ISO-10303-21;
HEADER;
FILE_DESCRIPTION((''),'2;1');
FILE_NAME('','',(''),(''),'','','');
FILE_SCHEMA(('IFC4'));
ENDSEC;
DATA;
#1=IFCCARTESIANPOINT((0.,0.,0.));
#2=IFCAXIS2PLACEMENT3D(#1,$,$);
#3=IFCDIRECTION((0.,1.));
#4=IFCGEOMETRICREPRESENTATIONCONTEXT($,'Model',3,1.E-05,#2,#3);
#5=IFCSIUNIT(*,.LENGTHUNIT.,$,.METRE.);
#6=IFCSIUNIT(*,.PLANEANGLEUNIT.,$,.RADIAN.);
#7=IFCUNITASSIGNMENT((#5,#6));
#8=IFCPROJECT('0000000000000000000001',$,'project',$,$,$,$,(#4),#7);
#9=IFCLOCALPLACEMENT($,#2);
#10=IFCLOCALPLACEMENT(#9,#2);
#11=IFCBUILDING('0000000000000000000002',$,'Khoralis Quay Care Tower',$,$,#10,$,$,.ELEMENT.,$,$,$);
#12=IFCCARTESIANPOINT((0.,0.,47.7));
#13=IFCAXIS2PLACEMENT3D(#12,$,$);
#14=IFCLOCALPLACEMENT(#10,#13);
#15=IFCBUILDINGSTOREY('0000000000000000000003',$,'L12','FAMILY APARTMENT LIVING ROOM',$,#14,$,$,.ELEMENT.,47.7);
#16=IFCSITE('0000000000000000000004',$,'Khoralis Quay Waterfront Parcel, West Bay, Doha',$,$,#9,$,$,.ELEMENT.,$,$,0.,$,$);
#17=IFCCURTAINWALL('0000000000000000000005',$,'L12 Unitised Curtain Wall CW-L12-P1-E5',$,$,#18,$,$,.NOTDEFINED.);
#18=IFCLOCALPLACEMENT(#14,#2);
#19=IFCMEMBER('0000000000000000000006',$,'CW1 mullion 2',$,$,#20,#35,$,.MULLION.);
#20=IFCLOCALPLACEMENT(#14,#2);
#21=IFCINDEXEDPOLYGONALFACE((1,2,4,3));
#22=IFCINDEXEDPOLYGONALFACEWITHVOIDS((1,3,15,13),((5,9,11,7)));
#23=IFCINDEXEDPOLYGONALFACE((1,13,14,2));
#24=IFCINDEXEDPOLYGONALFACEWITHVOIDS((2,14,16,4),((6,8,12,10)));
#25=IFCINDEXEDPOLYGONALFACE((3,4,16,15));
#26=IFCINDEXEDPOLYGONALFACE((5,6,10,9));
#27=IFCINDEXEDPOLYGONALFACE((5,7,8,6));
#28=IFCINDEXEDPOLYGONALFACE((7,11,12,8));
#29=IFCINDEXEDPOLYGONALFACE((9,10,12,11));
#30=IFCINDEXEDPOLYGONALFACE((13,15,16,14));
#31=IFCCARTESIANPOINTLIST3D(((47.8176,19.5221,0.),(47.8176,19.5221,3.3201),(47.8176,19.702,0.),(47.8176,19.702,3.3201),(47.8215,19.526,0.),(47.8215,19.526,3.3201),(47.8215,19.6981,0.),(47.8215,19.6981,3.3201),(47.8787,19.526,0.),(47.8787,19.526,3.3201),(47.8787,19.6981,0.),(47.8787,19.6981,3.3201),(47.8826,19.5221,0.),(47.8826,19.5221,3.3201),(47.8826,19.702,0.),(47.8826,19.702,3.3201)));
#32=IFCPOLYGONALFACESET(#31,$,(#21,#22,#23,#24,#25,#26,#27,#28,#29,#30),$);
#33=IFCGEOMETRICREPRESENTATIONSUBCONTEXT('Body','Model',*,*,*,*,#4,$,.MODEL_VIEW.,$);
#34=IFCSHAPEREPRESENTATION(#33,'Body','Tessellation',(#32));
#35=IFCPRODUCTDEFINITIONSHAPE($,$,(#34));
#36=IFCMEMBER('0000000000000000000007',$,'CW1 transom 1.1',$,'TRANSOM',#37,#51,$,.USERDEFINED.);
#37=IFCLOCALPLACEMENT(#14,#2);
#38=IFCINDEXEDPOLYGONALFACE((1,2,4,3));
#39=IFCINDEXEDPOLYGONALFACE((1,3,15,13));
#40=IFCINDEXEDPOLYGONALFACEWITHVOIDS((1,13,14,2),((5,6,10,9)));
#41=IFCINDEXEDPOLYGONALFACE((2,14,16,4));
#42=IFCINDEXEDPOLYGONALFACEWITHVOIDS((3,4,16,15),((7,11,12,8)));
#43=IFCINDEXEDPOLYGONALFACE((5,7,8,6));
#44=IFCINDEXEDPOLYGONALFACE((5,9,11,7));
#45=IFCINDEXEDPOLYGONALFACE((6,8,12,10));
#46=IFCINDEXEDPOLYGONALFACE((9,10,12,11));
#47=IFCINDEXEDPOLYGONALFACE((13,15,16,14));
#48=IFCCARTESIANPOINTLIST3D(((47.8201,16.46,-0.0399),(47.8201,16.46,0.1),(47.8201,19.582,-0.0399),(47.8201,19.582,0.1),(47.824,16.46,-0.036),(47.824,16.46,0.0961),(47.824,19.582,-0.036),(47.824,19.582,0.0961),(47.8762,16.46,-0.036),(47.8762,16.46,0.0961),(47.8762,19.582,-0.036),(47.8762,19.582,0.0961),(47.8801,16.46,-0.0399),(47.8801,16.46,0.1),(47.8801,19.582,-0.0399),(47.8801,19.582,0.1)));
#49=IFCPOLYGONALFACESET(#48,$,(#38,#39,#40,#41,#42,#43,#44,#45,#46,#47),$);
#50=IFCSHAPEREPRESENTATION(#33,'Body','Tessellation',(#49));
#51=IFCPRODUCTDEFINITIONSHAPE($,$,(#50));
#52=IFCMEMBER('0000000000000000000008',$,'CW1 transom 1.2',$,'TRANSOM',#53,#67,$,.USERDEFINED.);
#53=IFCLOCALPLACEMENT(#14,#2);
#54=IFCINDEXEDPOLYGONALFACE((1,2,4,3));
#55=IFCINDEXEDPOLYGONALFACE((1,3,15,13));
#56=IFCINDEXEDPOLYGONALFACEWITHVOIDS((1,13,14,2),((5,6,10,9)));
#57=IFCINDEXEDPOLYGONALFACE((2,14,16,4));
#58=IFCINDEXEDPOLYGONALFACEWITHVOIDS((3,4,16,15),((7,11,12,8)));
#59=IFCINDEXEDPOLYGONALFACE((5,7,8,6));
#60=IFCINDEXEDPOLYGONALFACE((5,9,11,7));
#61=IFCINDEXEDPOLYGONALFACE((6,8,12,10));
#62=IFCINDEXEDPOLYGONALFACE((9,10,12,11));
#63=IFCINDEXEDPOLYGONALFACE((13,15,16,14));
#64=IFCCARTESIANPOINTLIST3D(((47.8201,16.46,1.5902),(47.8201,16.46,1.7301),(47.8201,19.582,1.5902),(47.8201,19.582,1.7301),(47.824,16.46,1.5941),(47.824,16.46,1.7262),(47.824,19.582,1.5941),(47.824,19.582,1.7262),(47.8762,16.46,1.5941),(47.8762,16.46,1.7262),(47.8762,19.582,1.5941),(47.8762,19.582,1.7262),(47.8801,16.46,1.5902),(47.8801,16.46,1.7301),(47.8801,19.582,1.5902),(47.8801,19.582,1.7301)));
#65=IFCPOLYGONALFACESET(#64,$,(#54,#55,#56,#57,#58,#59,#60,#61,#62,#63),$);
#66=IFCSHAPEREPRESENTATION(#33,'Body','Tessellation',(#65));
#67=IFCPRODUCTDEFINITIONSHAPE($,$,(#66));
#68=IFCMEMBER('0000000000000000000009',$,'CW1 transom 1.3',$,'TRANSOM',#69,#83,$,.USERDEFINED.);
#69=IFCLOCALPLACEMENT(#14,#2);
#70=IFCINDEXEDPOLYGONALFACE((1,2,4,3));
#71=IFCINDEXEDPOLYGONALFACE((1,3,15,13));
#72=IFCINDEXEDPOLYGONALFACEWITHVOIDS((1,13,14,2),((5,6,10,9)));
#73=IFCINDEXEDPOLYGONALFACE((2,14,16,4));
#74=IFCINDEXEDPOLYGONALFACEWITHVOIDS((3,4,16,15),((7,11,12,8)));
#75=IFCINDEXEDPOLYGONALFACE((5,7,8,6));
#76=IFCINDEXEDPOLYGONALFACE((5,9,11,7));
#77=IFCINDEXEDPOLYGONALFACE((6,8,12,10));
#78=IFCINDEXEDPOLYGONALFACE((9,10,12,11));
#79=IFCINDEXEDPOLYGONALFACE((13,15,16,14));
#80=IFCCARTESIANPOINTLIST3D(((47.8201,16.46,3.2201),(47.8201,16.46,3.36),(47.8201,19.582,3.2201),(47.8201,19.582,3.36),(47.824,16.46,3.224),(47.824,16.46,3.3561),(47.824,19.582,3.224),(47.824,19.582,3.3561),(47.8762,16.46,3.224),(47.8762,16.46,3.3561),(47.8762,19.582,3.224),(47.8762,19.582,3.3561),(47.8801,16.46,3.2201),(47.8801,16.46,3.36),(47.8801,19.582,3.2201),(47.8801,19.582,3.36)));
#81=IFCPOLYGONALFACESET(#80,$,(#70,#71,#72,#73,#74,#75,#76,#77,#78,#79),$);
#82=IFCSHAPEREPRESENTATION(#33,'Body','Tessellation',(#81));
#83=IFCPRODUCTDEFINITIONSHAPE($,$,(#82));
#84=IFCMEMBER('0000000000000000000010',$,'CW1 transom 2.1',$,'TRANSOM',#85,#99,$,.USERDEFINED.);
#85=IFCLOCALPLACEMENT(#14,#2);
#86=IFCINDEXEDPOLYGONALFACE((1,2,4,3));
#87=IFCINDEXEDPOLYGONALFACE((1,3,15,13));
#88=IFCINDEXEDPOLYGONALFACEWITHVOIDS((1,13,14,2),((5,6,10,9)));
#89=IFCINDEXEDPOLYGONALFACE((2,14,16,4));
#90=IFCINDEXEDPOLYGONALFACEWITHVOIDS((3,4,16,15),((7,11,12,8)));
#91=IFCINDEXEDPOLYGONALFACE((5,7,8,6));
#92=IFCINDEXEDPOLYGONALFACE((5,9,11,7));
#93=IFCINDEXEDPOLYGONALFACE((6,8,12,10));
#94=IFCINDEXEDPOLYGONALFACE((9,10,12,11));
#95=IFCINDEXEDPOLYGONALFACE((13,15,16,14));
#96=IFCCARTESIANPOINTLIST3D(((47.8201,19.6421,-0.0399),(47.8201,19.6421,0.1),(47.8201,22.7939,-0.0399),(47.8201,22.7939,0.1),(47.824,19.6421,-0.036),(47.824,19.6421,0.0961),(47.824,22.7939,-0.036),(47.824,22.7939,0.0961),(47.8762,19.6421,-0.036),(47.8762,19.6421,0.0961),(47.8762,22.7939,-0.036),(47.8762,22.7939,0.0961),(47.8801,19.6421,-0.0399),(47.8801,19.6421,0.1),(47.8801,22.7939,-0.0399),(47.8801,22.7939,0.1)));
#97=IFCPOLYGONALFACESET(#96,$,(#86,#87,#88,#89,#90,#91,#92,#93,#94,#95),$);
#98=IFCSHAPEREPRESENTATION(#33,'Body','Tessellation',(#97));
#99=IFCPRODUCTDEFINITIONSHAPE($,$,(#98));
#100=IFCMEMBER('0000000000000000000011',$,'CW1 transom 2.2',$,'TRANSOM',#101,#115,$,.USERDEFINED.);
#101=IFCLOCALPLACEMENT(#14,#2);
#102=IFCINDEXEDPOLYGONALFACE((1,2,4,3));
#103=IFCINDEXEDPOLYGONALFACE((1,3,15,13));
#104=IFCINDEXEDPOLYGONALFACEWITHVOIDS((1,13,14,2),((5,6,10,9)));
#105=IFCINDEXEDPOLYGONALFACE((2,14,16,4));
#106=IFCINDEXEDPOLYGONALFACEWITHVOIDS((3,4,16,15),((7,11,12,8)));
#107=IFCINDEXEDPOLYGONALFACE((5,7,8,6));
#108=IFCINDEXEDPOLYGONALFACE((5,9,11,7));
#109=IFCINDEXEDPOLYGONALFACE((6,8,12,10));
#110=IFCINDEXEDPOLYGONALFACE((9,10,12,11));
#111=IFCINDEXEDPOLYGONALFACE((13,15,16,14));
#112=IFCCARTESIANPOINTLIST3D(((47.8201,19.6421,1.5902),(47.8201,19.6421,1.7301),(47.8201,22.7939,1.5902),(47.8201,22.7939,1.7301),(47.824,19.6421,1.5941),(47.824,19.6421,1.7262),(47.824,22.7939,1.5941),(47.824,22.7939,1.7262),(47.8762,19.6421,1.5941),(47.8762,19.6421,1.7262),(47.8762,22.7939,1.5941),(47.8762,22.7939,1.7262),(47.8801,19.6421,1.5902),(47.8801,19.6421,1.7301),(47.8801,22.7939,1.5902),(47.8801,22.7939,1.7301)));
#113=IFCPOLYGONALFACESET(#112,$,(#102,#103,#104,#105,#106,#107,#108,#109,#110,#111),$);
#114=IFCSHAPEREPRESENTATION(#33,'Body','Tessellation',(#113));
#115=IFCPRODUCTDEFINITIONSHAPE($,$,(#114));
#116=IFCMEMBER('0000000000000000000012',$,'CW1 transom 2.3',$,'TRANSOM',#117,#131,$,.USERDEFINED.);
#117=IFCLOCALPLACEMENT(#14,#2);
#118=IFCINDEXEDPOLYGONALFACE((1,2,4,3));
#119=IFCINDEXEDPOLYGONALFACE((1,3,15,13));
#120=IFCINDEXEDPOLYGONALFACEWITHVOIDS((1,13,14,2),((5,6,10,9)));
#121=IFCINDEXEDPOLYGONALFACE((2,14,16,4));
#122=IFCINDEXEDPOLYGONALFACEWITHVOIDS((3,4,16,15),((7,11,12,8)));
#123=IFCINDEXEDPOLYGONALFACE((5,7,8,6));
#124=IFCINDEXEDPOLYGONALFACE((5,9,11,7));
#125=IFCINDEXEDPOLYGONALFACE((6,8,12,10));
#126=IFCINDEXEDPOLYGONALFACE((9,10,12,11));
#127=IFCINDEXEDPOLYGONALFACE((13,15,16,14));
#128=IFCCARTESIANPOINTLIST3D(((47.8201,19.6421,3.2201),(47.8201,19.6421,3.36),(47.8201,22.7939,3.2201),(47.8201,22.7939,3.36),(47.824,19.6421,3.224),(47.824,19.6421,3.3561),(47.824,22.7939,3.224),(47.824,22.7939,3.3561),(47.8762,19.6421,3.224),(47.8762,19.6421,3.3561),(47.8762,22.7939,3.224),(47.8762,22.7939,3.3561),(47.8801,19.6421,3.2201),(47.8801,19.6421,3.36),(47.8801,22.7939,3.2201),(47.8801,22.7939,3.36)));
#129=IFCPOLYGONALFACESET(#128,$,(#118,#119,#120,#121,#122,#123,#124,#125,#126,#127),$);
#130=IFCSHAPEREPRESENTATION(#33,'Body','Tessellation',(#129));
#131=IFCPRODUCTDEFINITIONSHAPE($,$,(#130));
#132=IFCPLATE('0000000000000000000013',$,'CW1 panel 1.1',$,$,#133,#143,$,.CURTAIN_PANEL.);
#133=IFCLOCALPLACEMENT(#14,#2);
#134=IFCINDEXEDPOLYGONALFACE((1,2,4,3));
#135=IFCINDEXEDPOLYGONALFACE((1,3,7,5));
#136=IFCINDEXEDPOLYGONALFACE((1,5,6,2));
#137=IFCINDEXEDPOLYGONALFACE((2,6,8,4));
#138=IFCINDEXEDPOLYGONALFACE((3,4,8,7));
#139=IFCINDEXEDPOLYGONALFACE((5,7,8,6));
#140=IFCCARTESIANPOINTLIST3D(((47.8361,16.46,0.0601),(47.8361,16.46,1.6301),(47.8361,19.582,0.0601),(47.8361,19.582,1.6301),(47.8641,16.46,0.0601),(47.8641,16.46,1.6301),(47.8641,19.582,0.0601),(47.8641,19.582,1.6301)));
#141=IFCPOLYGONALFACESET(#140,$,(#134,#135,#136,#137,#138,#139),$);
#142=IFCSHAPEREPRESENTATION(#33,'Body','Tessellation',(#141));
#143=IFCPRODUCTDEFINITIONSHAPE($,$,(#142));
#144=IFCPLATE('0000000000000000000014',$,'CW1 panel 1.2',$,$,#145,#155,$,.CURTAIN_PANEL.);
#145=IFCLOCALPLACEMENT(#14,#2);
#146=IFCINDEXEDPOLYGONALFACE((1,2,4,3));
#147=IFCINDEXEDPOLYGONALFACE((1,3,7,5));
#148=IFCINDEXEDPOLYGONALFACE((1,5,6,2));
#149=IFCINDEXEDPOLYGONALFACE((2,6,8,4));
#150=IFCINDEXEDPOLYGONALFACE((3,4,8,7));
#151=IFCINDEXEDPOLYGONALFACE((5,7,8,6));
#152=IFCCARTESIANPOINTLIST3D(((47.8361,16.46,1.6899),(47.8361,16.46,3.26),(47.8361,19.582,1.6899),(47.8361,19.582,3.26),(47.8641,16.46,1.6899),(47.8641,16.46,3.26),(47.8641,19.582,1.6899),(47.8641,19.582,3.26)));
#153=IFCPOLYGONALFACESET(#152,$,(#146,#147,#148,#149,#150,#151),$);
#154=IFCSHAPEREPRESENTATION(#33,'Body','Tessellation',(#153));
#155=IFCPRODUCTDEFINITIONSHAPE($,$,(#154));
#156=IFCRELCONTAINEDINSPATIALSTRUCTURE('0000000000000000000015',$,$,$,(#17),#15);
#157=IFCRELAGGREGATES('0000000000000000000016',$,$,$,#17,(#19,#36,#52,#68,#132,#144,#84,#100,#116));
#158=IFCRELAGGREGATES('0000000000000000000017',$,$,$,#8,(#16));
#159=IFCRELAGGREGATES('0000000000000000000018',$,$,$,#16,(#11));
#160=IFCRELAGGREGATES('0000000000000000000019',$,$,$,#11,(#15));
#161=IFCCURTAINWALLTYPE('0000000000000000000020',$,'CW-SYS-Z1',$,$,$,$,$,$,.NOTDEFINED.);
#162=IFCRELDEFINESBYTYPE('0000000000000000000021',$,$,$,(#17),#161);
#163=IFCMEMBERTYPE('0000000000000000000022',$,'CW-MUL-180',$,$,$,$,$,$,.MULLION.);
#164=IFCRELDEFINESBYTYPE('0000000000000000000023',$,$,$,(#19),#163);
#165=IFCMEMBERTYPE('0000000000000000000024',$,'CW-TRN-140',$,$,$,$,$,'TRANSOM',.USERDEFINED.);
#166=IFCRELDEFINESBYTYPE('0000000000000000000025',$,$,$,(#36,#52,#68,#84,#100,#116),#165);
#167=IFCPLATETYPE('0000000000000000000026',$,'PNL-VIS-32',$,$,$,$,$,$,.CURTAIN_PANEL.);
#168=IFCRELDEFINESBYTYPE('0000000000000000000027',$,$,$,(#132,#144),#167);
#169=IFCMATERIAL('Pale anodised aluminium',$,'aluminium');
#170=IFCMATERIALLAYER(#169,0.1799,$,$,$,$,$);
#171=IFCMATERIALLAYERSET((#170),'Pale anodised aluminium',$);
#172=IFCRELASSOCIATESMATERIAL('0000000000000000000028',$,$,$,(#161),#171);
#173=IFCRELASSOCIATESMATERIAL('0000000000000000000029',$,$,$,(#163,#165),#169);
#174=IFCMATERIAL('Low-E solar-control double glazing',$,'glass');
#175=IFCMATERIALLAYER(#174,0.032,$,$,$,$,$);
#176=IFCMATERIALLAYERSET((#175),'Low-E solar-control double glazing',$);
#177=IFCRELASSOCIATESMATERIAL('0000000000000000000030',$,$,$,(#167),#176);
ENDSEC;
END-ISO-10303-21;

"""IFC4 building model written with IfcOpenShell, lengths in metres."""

from ifc_helpers import new_model, si_unit, direction, frame, origin, origin_2d, place, context, subcontext, project, spatial, rectangle, hollow_rectangle, extrude, source, transform, mapped, material, layer, layer_set, material_profile, profile_set, type_object, element, aggregate, save


model = new_model("IFC4")

# Units and contexts
model_context = context("Model", 3, precision=1e-05, world=origin(), true_north=direction((0.0, 1.0)))
body_context = subcontext(model_context, "Body", "Model", "MODEL_VIEW")
ifc_project = project(units=[si_unit("LENGTHUNIT", "METRE"), si_unit("PLANEANGLEUNIT", "RADIAN")], contexts=[model_context])

# Site, building, storey
site_placement = place(None, origin())
site = spatial("IfcSite", under=ifc_project, at=site_placement, Name="Khoralis Quay Waterfront Parcel, West Bay, Doha", CompositionType="ELEMENT", RefElevation=0.0)
building_placement = place(site_placement, origin())
building = spatial("IfcBuilding", under=site, at=building_placement, Name="Khoralis Quay Care Tower", CompositionType="ELEMENT")
storey_placement = place(building_placement, frame((0.0, 0.0, 47.7)))
storey = spatial("IfcBuildingStorey", under=building, at=storey_placement, Name="L12", Description="FAMILY APARTMENT LIVING ROOM", CompositionType="ELEMENT", Elevation=47.7)

# Curtain wall, members, plates
ifc_material_1 = material(Name="Pale anodised aluminium", Category="aluminium")
ifc_layer_1 = layer(ifc_material_1, 0.1799)
ifc_layer_set_1 = layer_set([ifc_layer_1], Name="Pale anodised aluminium")
curtain_wall_type = type_object("IfcCurtainWallType", Name="CW-SYS-Z1", PredefinedType="NOTDEFINED", material=ifc_layer_set_1)
curtain_wall_placement = place(storey_placement, origin())
curtain_wall = element("IfcCurtainWall", 1, at=curtain_wall_placement, inside=storey, type_object=curtain_wall_type, Name="L12 Unitised Curtain Wall CW-L12-P1-E5", PredefinedType="NOTDEFINED")
ifc_material_profile_1 = material_profile(ifc_material_1, hollow_rectangle(XDim=0.0649, YDim=0.1799, WallThickness=0.0039, at=origin_2d()), Name="Pale anodised aluminium")
ifc_profile_set_1 = profile_set([ifc_material_profile_1], Name="Pale anodised aluminium")
member_type_1 = type_object("IfcMemberType", Name="CW-MUL-180", PredefinedType="MULLION", material=ifc_profile_set_1)
shared_shape_1 = source(origin(), body_context, "Body", "SweptSolid", [
    extrude(hollow_rectangle(XDim=0.0649, YDim=0.1799, WallThickness=0.0039, at=origin_2d()), origin(), (0.0, 0.0, 1.0), 3.3201),
])
member_1_placement = place(storey_placement, frame((47.8501, 19.6121, 0.0), z_axis=(0.0, 0.0, 1.0), x_axis=(-1.0, 0.0, 0.0)))
member_1 = element("IfcMember", 2, at=member_1_placement, type_object=member_type_1, Name="CW1 mullion 2", PredefinedType="MULLION", context=body_context, shape_type="MappedRepresentation", body=[
    mapped(shared_shape_1, transform((0.0, 0.0, 0.0), scale=1.0)),
])
ifc_material_profile_2 = material_profile(ifc_material_1, hollow_rectangle(XDim=0.0601, YDim=0.1399, WallThickness=0.0039, at=origin_2d()), Name="Pale anodised aluminium")
ifc_profile_set_2 = profile_set([ifc_material_profile_2], Name="Pale anodised aluminium")
member_type_2 = type_object("IfcMemberType", Name="CW-TRN-140", ElementType="TRANSOM", PredefinedType="USERDEFINED", material=ifc_profile_set_2)
shared_shape_2 = source(origin(), body_context, "Body", "SweptSolid", [
    extrude(hollow_rectangle(XDim=0.0601, YDim=0.1399, WallThickness=0.0039, at=origin_2d()), origin(), (0.0, 0.0, 1.0), 3.1221),
])
member_2_placement = place(storey_placement, frame((47.8501, 16.46, 0.03), z_axis=(0.0, 1.0, 0.0), x_axis=(-1.0, 0.0, 0.0)))
member_2 = element("IfcMember", 3, at=member_2_placement, type_object=member_type_2, Name="CW1 transom 1.1", ObjectType="TRANSOM", PredefinedType="USERDEFINED", context=body_context, shape_type="MappedRepresentation", body=[
    mapped(shared_shape_2, transform((0.0, 0.0, 0.0), scale=1.0)),
])
member_3_placement = place(storey_placement, frame((47.8501, 16.46, 1.6602), z_axis=(0.0, 1.0, 0.0), x_axis=(-1.0, 0.0, 0.0)))
member_3 = element("IfcMember", 4, at=member_3_placement, type_object=member_type_2, Name="CW1 transom 1.2", ObjectType="TRANSOM", PredefinedType="USERDEFINED", context=body_context, shape_type="MappedRepresentation", body=[
    mapped(shared_shape_2, transform((0.0, 0.0, 0.0), scale=1.0)),
])
member_4_placement = place(storey_placement, frame((47.8501, 16.46, 3.29), z_axis=(0.0, 1.0, 0.0), x_axis=(-1.0, 0.0, 0.0)))
member_4 = element("IfcMember", 5, at=member_4_placement, type_object=member_type_2, Name="CW1 transom 1.3", ObjectType="TRANSOM", PredefinedType="USERDEFINED", context=body_context, shape_type="MappedRepresentation", body=[
    mapped(shared_shape_2, transform((0.0, 0.0, 0.0), scale=1.0)),
])
shared_shape_3 = source(origin(), body_context, "Body", "SweptSolid", [
    extrude(hollow_rectangle(XDim=0.0601, YDim=0.1399, WallThickness=0.0039, at=origin_2d()), origin(), (0.0, 0.0, 1.0), 3.1519),
])
member_5_placement = place(storey_placement, frame((47.8501, 19.6421, 0.03), z_axis=(0.0, 1.0, 0.0), x_axis=(-1.0, 0.0, 0.0)))
member_5 = element("IfcMember", 6, at=member_5_placement, type_object=member_type_2, Name="CW1 transom 2.1", ObjectType="TRANSOM", PredefinedType="USERDEFINED", context=body_context, shape_type="MappedRepresentation", body=[
    mapped(shared_shape_3, transform((0.0, 0.0, 0.0), scale=1.0)),
])
member_6_placement = place(storey_placement, frame((47.8501, 19.6421, 1.6602), z_axis=(0.0, 1.0, 0.0), x_axis=(-1.0, 0.0, 0.0)))
member_6 = element("IfcMember", 7, at=member_6_placement, type_object=member_type_2, Name="CW1 transom 2.2", ObjectType="TRANSOM", PredefinedType="USERDEFINED", context=body_context, shape_type="MappedRepresentation", body=[
    mapped(shared_shape_3, transform((0.0, 0.0, 0.0), scale=1.0)),
])
member_7_placement = place(storey_placement, frame((47.8501, 19.6421, 3.29), z_axis=(0.0, 1.0, 0.0), x_axis=(-1.0, 0.0, 0.0)))
member_7 = element("IfcMember", 8, at=member_7_placement, type_object=member_type_2, Name="CW1 transom 2.3", ObjectType="TRANSOM", PredefinedType="USERDEFINED", context=body_context, shape_type="MappedRepresentation", body=[
    mapped(shared_shape_3, transform((0.0, 0.0, 0.0), scale=1.0)),
])
ifc_material_2 = material(Name="Low-E solar-control double glazing", Category="glass")
ifc_layer_2 = layer(ifc_material_2, 0.032)
ifc_layer_set_2 = layer_set([ifc_layer_2], Name="Low-E solar-control double glazing")
plate_type = type_object("IfcPlateType", Name="PNL-VIS-32", PredefinedType="CURTAIN_PANEL", material=ifc_layer_set_2)
shared_shape_4 = source(origin(), body_context, "Body", "SweptSolid", [
    extrude(rectangle(XDim=3.1221, YDim=0.0281, at=origin_2d()), origin(), (0.0, 0.0, 1.0), 1.5701),
])
plate_1_placement = place(storey_placement, frame((47.8501, 18.021, 0.0601), z_axis=(0.0, 0.0, 1.0), x_axis=(0.0, 1.0, 0.0)))
plate_1 = element("IfcPlate", 9, at=plate_1_placement, type_object=plate_type, Name="CW1 panel 1.1", PredefinedType="CURTAIN_PANEL", context=body_context, shape_type="MappedRepresentation", body=[
    mapped(shared_shape_4, transform((0.0, 0.0, 0.0), scale=1.0)),
])
plate_2_placement = place(storey_placement, frame((47.8501, 18.021, 1.6899), z_axis=(0.0, 0.0, 1.0), x_axis=(0.0, 1.0, 0.0)))
plate_2 = element("IfcPlate", 10, at=plate_2_placement, type_object=plate_type, Name="CW1 panel 1.2", PredefinedType="CURTAIN_PANEL", context=body_context, shape_type="MappedRepresentation", body=[
    mapped(shared_shape_4, transform((0.0, 0.0, 0.0), scale=1.0)),
])
aggregate(curtain_wall, [member_1, member_2, member_3, member_4, plate_1, plate_2, member_5, member_6, member_7])

save(model, "model.ifc")
